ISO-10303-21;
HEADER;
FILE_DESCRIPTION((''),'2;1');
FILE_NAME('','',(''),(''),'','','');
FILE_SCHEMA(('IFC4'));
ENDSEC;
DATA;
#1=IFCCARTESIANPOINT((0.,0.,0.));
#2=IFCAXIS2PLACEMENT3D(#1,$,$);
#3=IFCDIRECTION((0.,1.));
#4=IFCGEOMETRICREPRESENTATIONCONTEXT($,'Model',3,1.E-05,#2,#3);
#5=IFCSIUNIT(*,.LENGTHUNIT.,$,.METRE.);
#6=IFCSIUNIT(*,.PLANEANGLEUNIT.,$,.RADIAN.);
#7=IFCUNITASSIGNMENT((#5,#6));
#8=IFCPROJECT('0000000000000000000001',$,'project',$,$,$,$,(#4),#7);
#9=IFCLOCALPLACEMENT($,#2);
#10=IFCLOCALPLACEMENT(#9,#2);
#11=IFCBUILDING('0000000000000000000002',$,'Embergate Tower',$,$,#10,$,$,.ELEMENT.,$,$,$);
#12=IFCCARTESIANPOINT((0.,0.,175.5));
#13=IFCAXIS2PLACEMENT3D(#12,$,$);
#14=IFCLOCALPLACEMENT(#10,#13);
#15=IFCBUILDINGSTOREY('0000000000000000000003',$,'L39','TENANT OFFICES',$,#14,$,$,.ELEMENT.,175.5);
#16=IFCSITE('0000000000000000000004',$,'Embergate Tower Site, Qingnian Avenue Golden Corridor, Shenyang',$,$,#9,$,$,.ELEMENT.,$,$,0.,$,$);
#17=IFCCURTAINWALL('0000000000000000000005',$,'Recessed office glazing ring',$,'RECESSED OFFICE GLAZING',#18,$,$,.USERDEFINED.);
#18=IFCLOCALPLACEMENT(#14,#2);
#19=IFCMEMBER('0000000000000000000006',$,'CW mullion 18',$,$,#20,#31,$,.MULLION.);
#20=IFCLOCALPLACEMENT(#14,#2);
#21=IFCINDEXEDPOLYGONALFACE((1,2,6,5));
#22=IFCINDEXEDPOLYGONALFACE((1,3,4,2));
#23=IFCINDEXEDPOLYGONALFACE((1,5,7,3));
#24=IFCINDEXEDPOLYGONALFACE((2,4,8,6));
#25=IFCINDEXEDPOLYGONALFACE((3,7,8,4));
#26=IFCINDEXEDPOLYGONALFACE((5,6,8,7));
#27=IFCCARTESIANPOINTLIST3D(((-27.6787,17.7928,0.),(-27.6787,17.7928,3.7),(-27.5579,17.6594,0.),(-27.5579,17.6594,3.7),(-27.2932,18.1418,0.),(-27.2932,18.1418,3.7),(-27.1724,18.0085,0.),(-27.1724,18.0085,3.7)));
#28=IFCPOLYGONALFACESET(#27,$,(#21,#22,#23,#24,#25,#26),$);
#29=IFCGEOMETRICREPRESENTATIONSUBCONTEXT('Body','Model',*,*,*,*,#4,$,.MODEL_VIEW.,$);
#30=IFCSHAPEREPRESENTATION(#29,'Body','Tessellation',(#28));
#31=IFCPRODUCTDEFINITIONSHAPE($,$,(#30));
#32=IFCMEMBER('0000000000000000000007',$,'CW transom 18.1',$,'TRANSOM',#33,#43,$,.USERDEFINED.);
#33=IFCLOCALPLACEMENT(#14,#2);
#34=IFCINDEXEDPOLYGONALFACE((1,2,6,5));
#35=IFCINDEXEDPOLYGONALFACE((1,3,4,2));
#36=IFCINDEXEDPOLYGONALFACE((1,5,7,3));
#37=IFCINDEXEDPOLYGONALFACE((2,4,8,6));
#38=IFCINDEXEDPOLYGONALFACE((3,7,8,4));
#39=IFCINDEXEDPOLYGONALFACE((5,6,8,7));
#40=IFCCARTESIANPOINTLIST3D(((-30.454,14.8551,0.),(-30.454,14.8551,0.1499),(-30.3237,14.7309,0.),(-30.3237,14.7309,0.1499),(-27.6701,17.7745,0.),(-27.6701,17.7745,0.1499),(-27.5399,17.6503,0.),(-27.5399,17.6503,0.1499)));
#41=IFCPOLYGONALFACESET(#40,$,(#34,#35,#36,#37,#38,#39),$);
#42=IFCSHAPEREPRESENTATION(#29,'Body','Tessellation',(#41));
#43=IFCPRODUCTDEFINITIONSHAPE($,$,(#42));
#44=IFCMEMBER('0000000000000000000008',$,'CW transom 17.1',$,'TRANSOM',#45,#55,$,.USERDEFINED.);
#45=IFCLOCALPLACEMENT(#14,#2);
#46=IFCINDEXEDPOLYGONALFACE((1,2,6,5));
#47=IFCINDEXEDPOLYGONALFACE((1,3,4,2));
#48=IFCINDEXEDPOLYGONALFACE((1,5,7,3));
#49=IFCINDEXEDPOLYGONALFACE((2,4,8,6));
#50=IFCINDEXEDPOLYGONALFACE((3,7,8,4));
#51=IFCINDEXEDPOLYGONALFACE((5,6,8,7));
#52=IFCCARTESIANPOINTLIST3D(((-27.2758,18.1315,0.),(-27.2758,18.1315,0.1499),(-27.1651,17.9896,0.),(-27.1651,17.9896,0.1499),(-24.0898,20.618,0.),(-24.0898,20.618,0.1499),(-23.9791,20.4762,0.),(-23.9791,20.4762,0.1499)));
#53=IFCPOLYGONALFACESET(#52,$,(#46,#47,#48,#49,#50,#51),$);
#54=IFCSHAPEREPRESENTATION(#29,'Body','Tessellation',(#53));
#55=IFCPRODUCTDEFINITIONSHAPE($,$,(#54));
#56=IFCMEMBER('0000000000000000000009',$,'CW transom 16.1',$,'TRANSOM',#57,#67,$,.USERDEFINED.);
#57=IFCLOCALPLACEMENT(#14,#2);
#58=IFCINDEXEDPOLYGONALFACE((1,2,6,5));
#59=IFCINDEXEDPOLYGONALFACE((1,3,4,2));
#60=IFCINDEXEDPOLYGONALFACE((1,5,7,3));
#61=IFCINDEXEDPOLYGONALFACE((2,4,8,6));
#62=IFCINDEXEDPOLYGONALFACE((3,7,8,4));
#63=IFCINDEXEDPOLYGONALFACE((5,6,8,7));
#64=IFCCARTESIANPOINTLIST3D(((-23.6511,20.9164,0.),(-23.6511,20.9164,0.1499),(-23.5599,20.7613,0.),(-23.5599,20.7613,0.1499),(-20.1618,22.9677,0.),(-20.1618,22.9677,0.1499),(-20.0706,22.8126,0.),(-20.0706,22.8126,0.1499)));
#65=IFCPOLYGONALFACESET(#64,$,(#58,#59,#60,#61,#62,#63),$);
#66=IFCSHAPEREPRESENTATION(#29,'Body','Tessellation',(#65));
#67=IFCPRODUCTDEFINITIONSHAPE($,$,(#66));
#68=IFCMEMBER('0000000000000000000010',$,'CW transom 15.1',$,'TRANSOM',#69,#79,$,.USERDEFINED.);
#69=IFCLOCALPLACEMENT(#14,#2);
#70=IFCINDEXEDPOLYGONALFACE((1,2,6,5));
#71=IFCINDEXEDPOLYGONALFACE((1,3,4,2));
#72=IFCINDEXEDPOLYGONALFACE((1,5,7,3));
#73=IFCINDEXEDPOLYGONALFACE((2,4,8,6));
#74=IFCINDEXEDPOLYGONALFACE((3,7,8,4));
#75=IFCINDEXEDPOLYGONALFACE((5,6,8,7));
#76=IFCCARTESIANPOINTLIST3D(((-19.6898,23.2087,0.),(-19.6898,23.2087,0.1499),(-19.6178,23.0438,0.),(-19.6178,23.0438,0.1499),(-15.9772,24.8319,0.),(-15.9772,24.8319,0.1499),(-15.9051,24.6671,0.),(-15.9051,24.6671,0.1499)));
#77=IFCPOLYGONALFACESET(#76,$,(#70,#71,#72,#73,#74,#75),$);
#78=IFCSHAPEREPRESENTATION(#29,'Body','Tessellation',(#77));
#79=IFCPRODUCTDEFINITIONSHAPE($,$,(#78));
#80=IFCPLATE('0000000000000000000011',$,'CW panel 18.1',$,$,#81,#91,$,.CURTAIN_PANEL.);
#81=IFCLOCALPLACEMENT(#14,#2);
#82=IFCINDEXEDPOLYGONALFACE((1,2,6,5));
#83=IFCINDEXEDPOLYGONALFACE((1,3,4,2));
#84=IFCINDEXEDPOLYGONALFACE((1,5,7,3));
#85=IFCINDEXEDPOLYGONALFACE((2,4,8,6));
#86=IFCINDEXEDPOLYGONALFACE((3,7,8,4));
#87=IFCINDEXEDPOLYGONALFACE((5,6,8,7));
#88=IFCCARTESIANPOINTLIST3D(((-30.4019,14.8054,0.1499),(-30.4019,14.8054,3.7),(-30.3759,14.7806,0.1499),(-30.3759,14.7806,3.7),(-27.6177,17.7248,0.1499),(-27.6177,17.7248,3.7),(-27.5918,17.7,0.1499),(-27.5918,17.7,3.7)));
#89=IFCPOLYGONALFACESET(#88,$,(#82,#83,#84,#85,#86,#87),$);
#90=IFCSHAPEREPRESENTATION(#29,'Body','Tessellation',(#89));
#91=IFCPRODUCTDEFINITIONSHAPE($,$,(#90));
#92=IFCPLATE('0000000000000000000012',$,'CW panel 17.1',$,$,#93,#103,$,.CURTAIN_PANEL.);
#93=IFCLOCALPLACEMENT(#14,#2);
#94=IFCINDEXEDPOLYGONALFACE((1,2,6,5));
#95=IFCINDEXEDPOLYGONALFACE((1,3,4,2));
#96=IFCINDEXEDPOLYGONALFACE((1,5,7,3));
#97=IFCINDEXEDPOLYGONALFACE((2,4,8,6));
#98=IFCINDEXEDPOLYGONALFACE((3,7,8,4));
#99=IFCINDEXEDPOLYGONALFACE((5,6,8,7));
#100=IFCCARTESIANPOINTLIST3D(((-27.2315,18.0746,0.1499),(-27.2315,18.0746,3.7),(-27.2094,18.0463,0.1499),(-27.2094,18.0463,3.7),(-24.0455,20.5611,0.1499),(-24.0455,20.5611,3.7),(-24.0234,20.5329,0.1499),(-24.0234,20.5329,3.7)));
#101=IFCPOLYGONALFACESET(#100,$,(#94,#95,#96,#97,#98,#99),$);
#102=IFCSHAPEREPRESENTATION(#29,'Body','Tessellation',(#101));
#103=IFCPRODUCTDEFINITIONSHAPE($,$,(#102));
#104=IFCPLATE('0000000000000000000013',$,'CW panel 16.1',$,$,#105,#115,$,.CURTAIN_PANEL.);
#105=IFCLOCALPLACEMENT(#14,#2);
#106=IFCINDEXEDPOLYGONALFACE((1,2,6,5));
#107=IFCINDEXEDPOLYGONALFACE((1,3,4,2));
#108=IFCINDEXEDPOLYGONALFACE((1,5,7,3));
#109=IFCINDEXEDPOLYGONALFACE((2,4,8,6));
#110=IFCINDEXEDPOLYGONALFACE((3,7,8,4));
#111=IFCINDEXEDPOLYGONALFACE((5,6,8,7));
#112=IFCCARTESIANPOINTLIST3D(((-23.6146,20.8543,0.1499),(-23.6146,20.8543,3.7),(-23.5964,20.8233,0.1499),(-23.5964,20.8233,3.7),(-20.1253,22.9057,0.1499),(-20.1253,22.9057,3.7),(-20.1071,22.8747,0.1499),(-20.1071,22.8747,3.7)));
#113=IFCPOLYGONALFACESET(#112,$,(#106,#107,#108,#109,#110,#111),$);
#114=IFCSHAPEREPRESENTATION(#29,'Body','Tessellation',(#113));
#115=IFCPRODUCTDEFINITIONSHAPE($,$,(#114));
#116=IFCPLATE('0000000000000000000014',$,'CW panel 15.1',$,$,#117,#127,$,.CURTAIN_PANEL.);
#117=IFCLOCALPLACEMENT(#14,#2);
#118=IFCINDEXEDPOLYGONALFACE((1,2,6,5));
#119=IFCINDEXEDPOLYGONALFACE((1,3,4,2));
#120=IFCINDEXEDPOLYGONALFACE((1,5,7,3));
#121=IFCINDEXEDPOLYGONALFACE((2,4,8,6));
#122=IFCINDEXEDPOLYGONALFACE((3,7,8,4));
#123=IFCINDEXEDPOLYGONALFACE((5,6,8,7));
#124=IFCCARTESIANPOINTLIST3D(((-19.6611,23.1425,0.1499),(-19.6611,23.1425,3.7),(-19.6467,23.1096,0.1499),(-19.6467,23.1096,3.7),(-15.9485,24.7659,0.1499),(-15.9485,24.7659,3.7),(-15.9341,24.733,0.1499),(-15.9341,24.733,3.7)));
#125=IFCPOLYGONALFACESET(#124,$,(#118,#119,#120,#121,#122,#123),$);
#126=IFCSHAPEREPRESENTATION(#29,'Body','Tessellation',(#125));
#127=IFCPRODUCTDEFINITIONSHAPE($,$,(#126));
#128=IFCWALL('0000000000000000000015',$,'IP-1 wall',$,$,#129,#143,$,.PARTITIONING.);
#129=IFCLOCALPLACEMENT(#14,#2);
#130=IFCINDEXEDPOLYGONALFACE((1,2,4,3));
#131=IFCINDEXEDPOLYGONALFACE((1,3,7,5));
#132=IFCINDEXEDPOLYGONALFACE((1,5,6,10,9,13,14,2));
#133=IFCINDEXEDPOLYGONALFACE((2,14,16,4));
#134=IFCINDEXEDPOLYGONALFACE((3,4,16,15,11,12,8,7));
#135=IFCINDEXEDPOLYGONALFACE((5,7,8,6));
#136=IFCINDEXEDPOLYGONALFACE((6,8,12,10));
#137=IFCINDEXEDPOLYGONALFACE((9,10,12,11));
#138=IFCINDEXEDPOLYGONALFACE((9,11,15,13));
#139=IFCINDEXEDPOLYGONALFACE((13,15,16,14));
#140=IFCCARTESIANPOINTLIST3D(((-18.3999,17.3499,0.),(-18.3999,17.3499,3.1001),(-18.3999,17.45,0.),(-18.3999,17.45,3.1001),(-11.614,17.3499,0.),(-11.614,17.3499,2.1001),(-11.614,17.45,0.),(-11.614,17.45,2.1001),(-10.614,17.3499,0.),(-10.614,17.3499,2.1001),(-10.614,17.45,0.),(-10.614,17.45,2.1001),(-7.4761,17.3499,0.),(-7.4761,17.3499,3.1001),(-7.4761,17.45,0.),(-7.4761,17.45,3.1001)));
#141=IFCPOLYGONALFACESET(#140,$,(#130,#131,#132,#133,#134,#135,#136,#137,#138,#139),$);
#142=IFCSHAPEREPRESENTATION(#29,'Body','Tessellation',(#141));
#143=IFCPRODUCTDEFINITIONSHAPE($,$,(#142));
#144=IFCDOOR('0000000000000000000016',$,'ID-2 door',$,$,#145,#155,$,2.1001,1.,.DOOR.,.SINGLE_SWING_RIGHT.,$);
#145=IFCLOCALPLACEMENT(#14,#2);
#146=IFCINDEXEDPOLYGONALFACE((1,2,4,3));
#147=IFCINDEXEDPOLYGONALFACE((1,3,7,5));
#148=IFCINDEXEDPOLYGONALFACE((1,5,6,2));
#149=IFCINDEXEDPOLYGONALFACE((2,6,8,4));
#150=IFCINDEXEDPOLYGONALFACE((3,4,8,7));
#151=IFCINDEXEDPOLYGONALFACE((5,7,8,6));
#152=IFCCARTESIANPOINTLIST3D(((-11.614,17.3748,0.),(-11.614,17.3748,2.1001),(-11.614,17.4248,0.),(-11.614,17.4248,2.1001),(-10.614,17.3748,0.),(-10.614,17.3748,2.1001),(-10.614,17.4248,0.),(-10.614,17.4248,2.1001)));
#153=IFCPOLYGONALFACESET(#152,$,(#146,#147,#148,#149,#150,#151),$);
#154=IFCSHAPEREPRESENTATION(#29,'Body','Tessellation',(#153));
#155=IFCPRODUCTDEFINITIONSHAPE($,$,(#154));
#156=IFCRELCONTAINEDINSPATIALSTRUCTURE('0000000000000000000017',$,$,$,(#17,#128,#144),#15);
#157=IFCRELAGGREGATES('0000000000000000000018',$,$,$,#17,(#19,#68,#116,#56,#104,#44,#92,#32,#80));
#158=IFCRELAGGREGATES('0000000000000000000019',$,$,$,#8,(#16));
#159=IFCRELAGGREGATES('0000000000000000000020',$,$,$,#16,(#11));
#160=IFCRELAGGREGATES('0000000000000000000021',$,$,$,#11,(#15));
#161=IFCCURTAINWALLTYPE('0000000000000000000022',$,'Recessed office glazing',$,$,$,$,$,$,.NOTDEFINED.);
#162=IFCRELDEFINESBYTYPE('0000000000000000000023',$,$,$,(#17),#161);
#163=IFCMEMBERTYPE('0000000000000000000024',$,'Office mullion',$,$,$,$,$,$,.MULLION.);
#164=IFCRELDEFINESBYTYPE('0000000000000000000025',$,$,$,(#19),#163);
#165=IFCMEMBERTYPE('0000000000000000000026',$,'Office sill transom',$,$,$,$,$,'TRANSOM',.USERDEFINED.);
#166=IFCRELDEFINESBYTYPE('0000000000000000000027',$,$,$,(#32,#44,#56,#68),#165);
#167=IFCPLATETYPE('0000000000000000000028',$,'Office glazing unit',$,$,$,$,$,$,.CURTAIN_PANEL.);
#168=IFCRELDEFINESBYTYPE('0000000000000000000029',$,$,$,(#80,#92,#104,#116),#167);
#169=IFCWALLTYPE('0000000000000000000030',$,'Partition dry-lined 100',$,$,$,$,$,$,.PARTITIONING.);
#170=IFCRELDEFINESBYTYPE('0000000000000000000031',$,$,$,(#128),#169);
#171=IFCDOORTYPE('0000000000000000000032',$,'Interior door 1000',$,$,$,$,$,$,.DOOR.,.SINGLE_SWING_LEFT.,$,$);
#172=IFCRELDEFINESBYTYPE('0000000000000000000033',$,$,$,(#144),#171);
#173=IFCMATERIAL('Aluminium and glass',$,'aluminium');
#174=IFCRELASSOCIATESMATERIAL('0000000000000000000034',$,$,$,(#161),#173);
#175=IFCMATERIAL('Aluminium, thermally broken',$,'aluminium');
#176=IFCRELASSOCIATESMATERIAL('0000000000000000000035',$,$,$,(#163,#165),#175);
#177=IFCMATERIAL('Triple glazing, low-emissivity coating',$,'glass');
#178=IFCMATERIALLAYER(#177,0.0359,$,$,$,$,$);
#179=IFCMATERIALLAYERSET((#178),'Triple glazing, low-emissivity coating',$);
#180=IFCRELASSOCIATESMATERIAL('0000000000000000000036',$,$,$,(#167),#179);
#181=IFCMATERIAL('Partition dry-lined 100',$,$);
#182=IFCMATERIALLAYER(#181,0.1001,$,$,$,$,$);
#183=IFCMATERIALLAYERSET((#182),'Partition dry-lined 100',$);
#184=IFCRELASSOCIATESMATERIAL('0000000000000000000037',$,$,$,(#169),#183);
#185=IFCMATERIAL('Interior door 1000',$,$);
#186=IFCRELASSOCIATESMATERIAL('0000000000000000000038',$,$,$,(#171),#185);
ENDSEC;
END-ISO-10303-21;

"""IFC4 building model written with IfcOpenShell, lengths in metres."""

from ifc_helpers import new_model, si_unit, direction, frame, frame_2d, origin, origin_2d, place, context, subcontext, project, spatial, rectangle, extrude, source, transform, mapped, material, layer, layer_set, material_profile, profile_set, type_object, element, fill, aggregate, save


model = new_model("IFC4")

# Units and contexts
model_context = context("Model", 3, precision=1e-05, world=origin(), true_north=direction((0.0, 1.0)))
body_context = subcontext(model_context, "Body", "Model", "MODEL_VIEW")
ifc_project = project(units=[si_unit("LENGTHUNIT", "METRE"), si_unit("PLANEANGLEUNIT", "RADIAN")], contexts=[model_context])

# Site, building, storey
site_placement = place(None, origin())
site = spatial("IfcSite", under=ifc_project, at=site_placement, Name="Embergate Tower Site, Qingnian Avenue Golden Corridor, Shenyang", CompositionType="ELEMENT", RefElevation=0.0)
building_placement = place(site_placement, origin())
building = spatial("IfcBuilding", under=site, at=building_placement, Name="Embergate Tower", CompositionType="ELEMENT")
storey_placement = place(building_placement, frame((0.0, 0.0, 175.5)))
storey = spatial("IfcBuildingStorey", under=building, at=storey_placement, Name="L39", Description="TENANT OFFICES", CompositionType="ELEMENT", Elevation=175.5)

# Curtain wall, members, plates
ifc_material_1 = material(Name="Aluminium and glass", Category="aluminium")
curtain_wall_type = type_object("IfcCurtainWallType", Name="Recessed office glazing", PredefinedType="NOTDEFINED", material=ifc_material_1)
curtain_wall_placement = place(storey_placement, origin())
curtain_wall = element("IfcCurtainWall", 1, at=curtain_wall_placement, inside=storey, type_object=curtain_wall_type, Name="Recessed office glazing ring", ObjectType="RECESSED OFFICE GLAZING", PredefinedType="USERDEFINED")
ifc_material_2 = material(Name="Aluminium, thermally broken", Category="aluminium")
ifc_material_profile_1 = material_profile(ifc_material_2, rectangle(XDim=0.1799, YDim=0.52, at=origin_2d()), Name="AL 520x180")
ifc_profile_set_1 = profile_set([ifc_material_profile_1], Name="Aluminium, thermally broken")
member_type_1 = type_object("IfcMemberType", Name="Office mullion", PredefinedType="MULLION", material=ifc_profile_set_1)
shared_shape_1 = source(origin(), body_context, "Body", "SweptSolid", [
    extrude(rectangle(XDim=0.1799, YDim=0.52, at=origin_2d()), origin(), (0.0, 0.0, 1.0), 3.7),
])
member_1_placement = place(storey_placement, frame((-27.4255, 17.9006, 0.0), z_axis=(0.0, 0.0, 1.0), x_axis=(0.671221, -0.741257, 0.0)))
member_1 = element("IfcMember", 2, at=member_1_placement, type_object=member_type_1, Name="CW mullion 18", PredefinedType="MULLION", context=body_context, shape_type="MappedRepresentation", body=[
    mapped(shared_shape_1, transform((0.0, 0.0, 0.0))),
])
ifc_material_profile_2 = material_profile(ifc_material_2, rectangle(XDim=0.1799, YDim=0.1499, at=origin_2d()), Name="AL 150x180")
ifc_profile_set_2 = profile_set([ifc_material_profile_2], Name="Aluminium, thermally broken")
member_type_2 = type_object("IfcMemberType", Name="Office sill transom", ElementType="TRANSOM", PredefinedType="USERDEFINED", material=ifc_profile_set_2)
shared_shape_2 = source(origin(), body_context, "Body", "SweptSolid", [
    extrude(rectangle(XDim=0.1799, YDim=0.1499, at=origin_2d()), origin(), (0.0, 0.0, 1.0), 4.0339),
])
member_2_placement = place(storey_placement, frame((-27.605, 17.7124, 0.075), z_axis=(-0.690113, -0.723702, 0.0), x_axis=(0.723702, -0.690113, 0.0)))
member_2 = element("IfcMember", 3, at=member_2_placement, type_object=member_type_2, Name="CW transom 18.1", ObjectType="TRANSOM", PredefinedType="USERDEFINED", context=body_context, shape_type="MappedRepresentation", body=[
    mapped(shared_shape_2, transform((0.0, 0.0, 0.0))),
])
shared_shape_3 = source(origin(), body_context, "Body", "SweptSolid", [
    extrude(rectangle(XDim=0.1799, YDim=0.1499, at=origin_2d()), origin(), (0.0, 0.0, 1.0), 4.0415),
])
member_3_placement = place(storey_placement, frame((-24.0344, 20.5471, 0.075), z_axis=(-0.788327, -0.615257, 0.0), x_axis=(0.615257, -0.788327, 0.0)))
member_3 = element("IfcMember", 4, at=member_3_placement, type_object=member_type_2, Name="CW transom 17.1", ObjectType="TRANSOM", PredefinedType="USERDEFINED", context=body_context, shape_type="MappedRepresentation", body=[
    mapped(shared_shape_3, transform((0.0, 0.0, 0.0))),
])
shared_shape_4 = source(origin(), body_context, "Body", "SweptSolid", [
    extrude(rectangle(XDim=0.1799, YDim=0.1499, at=origin_2d()), origin(), (0.0, 0.0, 1.0), 4.0476),
])
member_4_placement = place(storey_placement, frame((-20.1162, 22.8901, 0.075), z_axis=(-0.862068, -0.506793, 0.0), x_axis=(0.506793, -0.862068, 0.0)))
member_4 = element("IfcMember", 5, at=member_4_placement, type_object=member_type_2, Name="CW transom 16.1", ObjectType="TRANSOM", PredefinedType="USERDEFINED", context=body_context, shape_type="MappedRepresentation", body=[
    mapped(shared_shape_4, transform((0.0, 0.0, 0.0))),
])
shared_shape_5 = source(origin(), body_context, "Body", "SweptSolid", [
    extrude(rectangle(XDim=0.1799, YDim=0.1499, at=origin_2d()), origin(), (0.0, 0.0, 1.0), 4.052),
])
member_5_placement = place(storey_placement, frame((-15.9412, 24.7495, 0.075), z_axis=(-0.916247, -0.400613, 0.0), x_axis=(0.400613, -0.916247, 0.0)))
member_5 = element("IfcMember", 6, at=member_5_placement, type_object=member_type_2, Name="CW transom 15.1", ObjectType="TRANSOM", PredefinedType="USERDEFINED", context=body_context, shape_type="MappedRepresentation", body=[
    mapped(shared_shape_5, transform((0.0, 0.0, 0.0))),
])
ifc_material_3 = material(Name="Triple glazing, low-emissivity coating", Category="glass")
ifc_layer_1 = layer(ifc_material_3, 0.0359)
ifc_layer_set_1 = layer_set([ifc_layer_1], Name="Triple glazing, low-emissivity coating")
plate_type = type_object("IfcPlateType", Name="Office glazing unit", PredefinedType="CURTAIN_PANEL", material=ifc_layer_set_1)
shared_shape_6 = source(origin(), body_context, "Body", "SweptSolid", [
    extrude(rectangle(XDim=4.0342, YDim=0.0359, at=origin_2d()), origin(), (0.0, 0.0, 1.0), 3.55),
])
plate_1_placement = place(storey_placement, frame((-28.9968, 16.2527, 0.1499), z_axis=(0.0, 0.0, 1.0), x_axis=(-0.69014, -0.723676, 0.0)))
plate_1 = element("IfcPlate", 7, at=plate_1_placement, type_object=plate_type, Name="CW panel 18.1", PredefinedType="CURTAIN_PANEL", context=body_context, shape_type="MappedRepresentation", body=[
    mapped(shared_shape_6, transform((0.0, 0.0, 0.0))),
])
shared_shape_7 = source(origin(), body_context, "Body", "SweptSolid", [
    extrude(rectangle(XDim=4.0415, YDim=0.0359, at=origin_2d()), origin(), (0.0, 0.0, 1.0), 3.55),
])
plate_2_placement = place(storey_placement, frame((-25.6274, 19.3037, 0.1499), z_axis=(0.0, 0.0, 1.0), x_axis=(-0.788324, -0.61526, 0.0)))
plate_2 = element("IfcPlate", 8, at=plate_2_placement, type_object=plate_type, Name="CW panel 17.1", PredefinedType="CURTAIN_PANEL", context=body_context, shape_type="MappedRepresentation", body=[
    mapped(shared_shape_7, transform((0.0, 0.0, 0.0))),
])
shared_shape_8 = source(origin(), body_context, "Body", "SweptSolid", [
    extrude(rectangle(XDim=4.0476, YDim=0.0359, at=origin_2d()), origin(), (0.0, 0.0, 1.0), 3.55),
])
plate_3_placement = place(storey_placement, frame((-21.8608, 21.8645, 0.1499), z_axis=(0.0, 0.0, 1.0), x_axis=(-0.862056, -0.506813, 0.0)))
plate_3 = element("IfcPlate", 9, at=plate_3_placement, type_object=plate_type, Name="CW panel 16.1", PredefinedType="CURTAIN_PANEL", context=body_context, shape_type="MappedRepresentation", body=[
    mapped(shared_shape_8, transform((0.0, 0.0, 0.0))),
])
shared_shape_9 = source(origin(), body_context, "Body", "SweptSolid", [
    extrude(rectangle(XDim=4.052, YDim=0.0359, at=origin_2d()), origin(), (0.0, 0.0, 1.0), 3.55),
])
plate_4_placement = place(storey_placement, frame((-17.7976, 23.9377, 0.1499), z_axis=(0.0, 0.0, 1.0), x_axis=(-0.916238, -0.400634, 0.0)))
plate_4 = element("IfcPlate", 10, at=plate_4_placement, type_object=plate_type, Name="CW panel 15.1", PredefinedType="CURTAIN_PANEL", context=body_context, shape_type="MappedRepresentation", body=[
    mapped(shared_shape_9, transform((0.0, 0.0, 0.0))),
])
aggregate(curtain_wall, [member_1, member_5, plate_4, member_4, plate_3, member_3, plate_2, member_2, plate_1])

# Wall, opening, door
ifc_material_4 = material(Name="Partition dry-lined 100")
ifc_layer_2 = layer(ifc_material_4, 0.1001)
ifc_layer_set_2 = layer_set([ifc_layer_2], Name="Partition dry-lined 100")
wall_type = type_object("IfcWallType", Name="Partition dry-lined 100", PredefinedType="PARTITIONING", material=ifc_layer_set_2)
shared_shape_10 = source(origin(), body_context, "Body", "SweptSolid", [
    extrude(rectangle(XDim=10.9238, YDim=0.1001, at=frame_2d((5.4619, 0.0))), origin(), (0.0, 0.0, 1.0), 3.1001),
])
wall_placement = place(storey_placement, frame((-18.3999, 17.3999, 0.0), z_axis=(0.0, 0.0, 1.0), x_axis=(1.0, 0.0, 0.0)))
wall = element("IfcWall", 11, at=wall_placement, inside=storey, type_object=wall_type, Name="IP-1 wall", PredefinedType="PARTITIONING", context=body_context, shape_type="MappedRepresentation", body=[
    mapped(shared_shape_10, transform((0.0, 0.0, 0.0))),
])
shared_shape_11 = source(origin(), body_context, "Body", "SweptSolid", [
    extrude(rectangle(XDim=1.0, YDim=2.1001, at=frame_2d((0.5, 1.05))), frame((0.0, 0.0601, 0.0), z_axis=(0.0, -1.0, 0.0), x_axis=(1.0, 0.0, 0.0)), (0.0, 0.0, 1.0), 0.1201),
])
opening_placement = place(wall_placement, frame((6.7859, 0.0, 0.0)))
opening = element("IfcOpeningElement", 12, at=opening_placement, cuts=wall, PredefinedType="OPENING", context=body_context, shape_type="MappedRepresentation", body=[
    mapped(shared_shape_11, transform((0.0, 0.0, 0.0))),
])
ifc_material_5 = material(Name="Interior door 1000")
door_type = type_object("IfcDoorType", Name="Interior door 1000", OperationType="SINGLE_SWING_LEFT", PredefinedType="DOOR", material=ifc_material_5)
shared_shape_12 = source(origin(), body_context, "Body", "SweptSolid", [
    extrude(rectangle(XDim=1.0, YDim=2.1001, at=frame_2d((0.5, 1.05))), frame((0.0, 0.0249, 0.0), z_axis=(0.0, -1.0, 0.0), x_axis=(1.0, 0.0, 0.0)), (0.0, 0.0, 1.0), 0.05),
])
door_placement = place(opening_placement, origin())
door = element("IfcDoor", 13, at=door_placement, inside=storey, type_object=door_type, Name="ID-2 door", OperationType="SINGLE_SWING_RIGHT", OverallHeight=2.1001, OverallWidth=1.0, PredefinedType="DOOR", context=body_context, shape_type="MappedRepresentation", body=[
    mapped(shared_shape_12, transform((0.0, 0.0, 0.0))),
])
fill(opening, door)

save(model, "model.ifc")
